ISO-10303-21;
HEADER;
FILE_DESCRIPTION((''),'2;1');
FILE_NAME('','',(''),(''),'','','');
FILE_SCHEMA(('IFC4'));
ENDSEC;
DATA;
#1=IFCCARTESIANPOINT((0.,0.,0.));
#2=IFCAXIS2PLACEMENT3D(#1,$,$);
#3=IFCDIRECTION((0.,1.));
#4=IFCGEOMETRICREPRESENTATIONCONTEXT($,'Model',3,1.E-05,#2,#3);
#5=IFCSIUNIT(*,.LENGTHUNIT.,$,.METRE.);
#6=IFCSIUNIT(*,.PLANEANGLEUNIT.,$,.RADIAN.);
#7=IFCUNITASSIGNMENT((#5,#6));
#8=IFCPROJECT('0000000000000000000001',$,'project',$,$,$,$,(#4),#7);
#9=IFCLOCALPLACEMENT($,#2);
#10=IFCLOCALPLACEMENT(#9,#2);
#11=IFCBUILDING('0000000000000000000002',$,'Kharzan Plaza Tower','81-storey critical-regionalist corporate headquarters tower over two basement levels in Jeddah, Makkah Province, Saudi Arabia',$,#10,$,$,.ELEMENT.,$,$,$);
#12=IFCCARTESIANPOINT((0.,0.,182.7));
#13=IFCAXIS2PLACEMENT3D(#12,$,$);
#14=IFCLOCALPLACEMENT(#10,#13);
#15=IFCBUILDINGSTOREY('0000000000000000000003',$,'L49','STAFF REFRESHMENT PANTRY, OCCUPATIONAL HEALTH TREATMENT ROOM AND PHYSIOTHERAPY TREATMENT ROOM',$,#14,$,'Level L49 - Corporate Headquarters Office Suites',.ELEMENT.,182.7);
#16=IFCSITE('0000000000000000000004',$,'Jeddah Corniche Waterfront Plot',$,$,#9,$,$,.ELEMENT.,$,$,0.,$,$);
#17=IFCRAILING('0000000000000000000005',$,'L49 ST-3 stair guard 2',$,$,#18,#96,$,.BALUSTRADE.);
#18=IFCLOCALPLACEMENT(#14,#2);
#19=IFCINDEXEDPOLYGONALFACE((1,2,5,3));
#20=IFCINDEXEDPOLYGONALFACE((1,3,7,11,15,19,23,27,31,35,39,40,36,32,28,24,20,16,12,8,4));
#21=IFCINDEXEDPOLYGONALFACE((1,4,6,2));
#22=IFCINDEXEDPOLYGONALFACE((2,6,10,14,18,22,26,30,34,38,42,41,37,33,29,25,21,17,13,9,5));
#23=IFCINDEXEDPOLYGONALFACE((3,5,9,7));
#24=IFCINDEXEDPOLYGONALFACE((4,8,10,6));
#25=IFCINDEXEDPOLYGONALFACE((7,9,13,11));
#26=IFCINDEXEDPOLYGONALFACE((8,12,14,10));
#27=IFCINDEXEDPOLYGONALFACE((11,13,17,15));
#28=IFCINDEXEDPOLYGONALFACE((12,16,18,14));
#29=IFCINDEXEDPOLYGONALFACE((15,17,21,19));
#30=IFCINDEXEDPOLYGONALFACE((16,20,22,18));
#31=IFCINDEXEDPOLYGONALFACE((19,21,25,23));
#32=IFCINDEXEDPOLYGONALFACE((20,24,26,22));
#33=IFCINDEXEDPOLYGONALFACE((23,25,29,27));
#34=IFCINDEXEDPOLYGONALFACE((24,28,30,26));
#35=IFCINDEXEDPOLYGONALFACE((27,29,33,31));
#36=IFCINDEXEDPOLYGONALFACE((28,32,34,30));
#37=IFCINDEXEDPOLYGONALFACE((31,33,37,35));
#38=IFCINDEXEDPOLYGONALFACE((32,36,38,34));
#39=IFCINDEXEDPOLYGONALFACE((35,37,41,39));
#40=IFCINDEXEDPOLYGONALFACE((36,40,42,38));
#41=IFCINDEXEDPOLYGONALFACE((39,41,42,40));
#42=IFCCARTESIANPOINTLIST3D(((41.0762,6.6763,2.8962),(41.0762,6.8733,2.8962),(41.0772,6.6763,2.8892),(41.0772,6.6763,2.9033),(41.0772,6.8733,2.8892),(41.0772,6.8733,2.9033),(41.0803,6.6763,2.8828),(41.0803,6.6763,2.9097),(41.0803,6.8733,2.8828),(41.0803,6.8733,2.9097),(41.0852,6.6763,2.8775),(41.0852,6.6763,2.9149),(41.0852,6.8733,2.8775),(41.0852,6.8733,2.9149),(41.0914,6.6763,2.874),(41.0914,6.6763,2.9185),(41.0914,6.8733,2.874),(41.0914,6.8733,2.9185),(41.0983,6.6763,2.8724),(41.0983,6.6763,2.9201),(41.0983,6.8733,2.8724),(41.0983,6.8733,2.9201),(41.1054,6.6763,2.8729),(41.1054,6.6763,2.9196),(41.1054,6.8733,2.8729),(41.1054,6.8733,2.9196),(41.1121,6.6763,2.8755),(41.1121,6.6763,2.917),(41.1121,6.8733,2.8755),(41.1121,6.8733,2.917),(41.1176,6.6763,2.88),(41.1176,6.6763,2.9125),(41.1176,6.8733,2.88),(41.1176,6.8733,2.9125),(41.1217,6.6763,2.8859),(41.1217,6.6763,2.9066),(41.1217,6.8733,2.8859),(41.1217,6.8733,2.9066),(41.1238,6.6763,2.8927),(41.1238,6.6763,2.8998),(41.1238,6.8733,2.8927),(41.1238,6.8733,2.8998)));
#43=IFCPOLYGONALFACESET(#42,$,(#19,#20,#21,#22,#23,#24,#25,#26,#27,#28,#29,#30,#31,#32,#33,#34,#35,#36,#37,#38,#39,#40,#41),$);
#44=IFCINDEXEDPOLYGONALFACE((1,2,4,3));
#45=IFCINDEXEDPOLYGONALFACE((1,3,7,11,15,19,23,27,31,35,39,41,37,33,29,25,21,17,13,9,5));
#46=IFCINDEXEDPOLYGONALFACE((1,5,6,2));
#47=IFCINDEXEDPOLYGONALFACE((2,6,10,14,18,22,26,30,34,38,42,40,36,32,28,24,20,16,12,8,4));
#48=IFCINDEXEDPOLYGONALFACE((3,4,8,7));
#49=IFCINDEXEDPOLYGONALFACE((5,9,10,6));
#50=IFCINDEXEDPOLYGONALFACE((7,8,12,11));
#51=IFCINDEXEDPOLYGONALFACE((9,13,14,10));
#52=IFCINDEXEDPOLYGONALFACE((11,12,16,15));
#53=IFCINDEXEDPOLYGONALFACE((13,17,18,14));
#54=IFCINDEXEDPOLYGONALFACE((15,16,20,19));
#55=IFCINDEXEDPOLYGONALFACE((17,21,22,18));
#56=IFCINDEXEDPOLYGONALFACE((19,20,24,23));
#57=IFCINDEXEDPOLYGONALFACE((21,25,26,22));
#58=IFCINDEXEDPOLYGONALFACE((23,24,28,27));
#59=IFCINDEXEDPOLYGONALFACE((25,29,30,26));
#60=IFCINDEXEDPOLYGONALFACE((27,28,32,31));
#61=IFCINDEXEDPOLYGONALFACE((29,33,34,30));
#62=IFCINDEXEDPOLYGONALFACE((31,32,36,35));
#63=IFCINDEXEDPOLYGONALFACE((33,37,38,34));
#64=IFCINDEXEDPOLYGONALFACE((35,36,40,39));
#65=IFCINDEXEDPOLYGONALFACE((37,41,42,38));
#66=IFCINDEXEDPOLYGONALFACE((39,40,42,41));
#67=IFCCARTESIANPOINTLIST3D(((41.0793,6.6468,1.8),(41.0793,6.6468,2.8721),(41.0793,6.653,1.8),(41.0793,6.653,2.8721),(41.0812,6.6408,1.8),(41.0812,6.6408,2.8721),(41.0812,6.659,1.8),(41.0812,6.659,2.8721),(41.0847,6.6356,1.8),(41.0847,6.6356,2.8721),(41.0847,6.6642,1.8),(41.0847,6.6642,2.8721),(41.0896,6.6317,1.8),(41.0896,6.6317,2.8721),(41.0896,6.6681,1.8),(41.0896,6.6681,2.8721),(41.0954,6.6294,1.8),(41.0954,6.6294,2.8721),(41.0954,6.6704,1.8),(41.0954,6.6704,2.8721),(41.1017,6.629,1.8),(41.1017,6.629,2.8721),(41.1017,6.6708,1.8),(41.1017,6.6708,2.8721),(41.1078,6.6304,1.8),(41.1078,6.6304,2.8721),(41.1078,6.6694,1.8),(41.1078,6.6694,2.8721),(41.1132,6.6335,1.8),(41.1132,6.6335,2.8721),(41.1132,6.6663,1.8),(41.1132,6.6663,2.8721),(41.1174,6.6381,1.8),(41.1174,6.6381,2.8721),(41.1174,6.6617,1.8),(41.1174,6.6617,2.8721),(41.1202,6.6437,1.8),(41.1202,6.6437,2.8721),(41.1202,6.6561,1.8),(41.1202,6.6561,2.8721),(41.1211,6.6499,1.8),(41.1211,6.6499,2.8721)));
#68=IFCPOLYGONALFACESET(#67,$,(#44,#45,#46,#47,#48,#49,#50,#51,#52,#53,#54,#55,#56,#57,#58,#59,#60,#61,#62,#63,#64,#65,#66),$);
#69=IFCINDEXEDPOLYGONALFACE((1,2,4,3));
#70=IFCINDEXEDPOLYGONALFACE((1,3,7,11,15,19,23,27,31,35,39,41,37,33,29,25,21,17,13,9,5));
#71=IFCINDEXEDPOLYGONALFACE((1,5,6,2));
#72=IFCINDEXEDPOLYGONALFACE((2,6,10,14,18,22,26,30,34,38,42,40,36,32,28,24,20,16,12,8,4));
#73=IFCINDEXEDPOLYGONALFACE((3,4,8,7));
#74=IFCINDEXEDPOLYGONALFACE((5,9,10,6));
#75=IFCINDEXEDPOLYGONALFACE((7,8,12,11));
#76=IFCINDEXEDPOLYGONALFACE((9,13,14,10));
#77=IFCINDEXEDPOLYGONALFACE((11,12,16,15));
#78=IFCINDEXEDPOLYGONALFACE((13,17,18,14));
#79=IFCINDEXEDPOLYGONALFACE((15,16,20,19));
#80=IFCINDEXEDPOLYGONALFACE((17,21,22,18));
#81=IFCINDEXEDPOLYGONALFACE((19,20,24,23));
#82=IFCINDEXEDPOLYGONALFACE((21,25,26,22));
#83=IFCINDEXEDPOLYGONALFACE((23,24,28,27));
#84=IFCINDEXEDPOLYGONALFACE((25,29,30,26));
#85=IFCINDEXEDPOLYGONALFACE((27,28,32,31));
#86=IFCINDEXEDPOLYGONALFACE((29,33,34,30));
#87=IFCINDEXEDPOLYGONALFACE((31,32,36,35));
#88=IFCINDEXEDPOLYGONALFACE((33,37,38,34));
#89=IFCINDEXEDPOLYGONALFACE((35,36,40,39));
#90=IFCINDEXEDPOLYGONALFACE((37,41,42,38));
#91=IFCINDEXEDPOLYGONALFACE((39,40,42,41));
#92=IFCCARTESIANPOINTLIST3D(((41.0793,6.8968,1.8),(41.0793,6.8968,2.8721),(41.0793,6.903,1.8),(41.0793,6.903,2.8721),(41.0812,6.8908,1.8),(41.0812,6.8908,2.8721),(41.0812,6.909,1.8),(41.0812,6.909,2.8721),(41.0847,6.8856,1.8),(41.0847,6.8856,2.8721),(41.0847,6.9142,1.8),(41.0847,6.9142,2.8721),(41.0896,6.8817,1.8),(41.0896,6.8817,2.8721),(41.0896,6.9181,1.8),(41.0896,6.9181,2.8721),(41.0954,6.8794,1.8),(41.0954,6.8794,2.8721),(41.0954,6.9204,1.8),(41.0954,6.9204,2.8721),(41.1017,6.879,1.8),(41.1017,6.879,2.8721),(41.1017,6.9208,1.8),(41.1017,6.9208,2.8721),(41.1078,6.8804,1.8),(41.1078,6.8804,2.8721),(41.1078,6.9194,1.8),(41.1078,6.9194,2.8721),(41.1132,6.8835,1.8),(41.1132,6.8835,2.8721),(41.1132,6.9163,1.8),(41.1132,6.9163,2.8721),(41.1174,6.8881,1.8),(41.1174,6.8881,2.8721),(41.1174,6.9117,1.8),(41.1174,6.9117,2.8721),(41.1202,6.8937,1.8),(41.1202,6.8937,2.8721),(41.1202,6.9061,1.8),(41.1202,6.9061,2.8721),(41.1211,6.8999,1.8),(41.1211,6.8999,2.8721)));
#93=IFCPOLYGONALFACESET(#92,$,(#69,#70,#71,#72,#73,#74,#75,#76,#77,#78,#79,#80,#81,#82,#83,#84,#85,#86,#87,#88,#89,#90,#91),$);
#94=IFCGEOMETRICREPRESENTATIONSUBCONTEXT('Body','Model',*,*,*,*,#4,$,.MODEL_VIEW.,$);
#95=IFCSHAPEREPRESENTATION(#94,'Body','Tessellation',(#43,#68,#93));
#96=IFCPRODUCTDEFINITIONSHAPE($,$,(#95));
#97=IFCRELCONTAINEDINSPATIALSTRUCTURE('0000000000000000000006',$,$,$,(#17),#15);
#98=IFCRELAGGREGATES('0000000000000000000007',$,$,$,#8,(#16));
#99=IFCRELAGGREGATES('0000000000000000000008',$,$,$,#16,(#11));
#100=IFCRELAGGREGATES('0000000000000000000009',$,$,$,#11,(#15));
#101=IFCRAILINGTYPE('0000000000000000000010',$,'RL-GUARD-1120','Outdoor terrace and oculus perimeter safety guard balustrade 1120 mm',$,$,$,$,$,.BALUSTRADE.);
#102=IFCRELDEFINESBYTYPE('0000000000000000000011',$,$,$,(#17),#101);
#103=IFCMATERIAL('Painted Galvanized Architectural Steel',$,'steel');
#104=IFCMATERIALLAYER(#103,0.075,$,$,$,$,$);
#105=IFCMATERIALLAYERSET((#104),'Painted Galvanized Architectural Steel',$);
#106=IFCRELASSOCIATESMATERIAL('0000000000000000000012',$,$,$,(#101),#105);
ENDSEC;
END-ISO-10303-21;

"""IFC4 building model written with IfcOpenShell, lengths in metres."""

from ifc_helpers import new_model, si_unit, direction, frame, origin, origin_2d, place, context, subcontext, project, spatial, circle, extrude, source, transform, mapped, material, layer, layer_set, type_object, element, save


model = new_model("IFC4")

# Units and contexts
model_context = context("Model", 3, precision=1e-05, world=origin(), true_north=direction((0.0, 1.0)))
body_context = subcontext(model_context, "Body", "Model", "MODEL_VIEW")
ifc_project = project(units=[si_unit("LENGTHUNIT", "METRE"), si_unit("PLANEANGLEUNIT", "RADIAN")], contexts=[model_context])

# Site, building, storey
site_placement = place(None, origin())
site = spatial("IfcSite", under=ifc_project, at=site_placement, Name="Jeddah Corniche Waterfront Plot", CompositionType="ELEMENT", RefElevation=0.0)
building_placement = place(site_placement, origin())
building = spatial("IfcBuilding", under=site, at=building_placement, Name="Kharzan Plaza Tower", Description="81-storey critical-regionalist corporate headquarters tower over two basement levels in Jeddah, Makkah Province, Saudi Arabia", CompositionType="ELEMENT")
storey_placement = place(building_placement, frame((0.0, 0.0, 182.7)))
storey = spatial("IfcBuildingStorey", under=building, at=storey_placement, Name="L49", Description="STAFF REFRESHMENT PANTRY, OCCUPATIONAL HEALTH TREATMENT ROOM AND PHYSIOTHERAPY TREATMENT ROOM", LongName="Level L49 - Corporate Headquarters Office Suites", CompositionType="ELEMENT", Elevation=182.7)

# Railing
ifc_material_1 = material(Name="Painted Galvanized Architectural Steel", Category="steel")
ifc_layer_1 = layer(ifc_material_1, 0.075)
ifc_layer_set_1 = layer_set([ifc_layer_1], Name="Painted Galvanized Architectural Steel")
railing_type = type_object("IfcRailingType", Name="RL-GUARD-1120", Description="Outdoor terrace and oculus perimeter safety guard balustrade 1120 mm", PredefinedType="BALUSTRADE", material=ifc_layer_set_1)
shared_shape_1 = source(origin(), body_context, "Body", "SweptSolid", [
    extrude(circle(Radius=0.0239, at=origin_2d()), frame((0.0, 0.0264, 1.0962), z_axis=(0.0, 1.0, 0.0), x_axis=(-1.0, 0.0, 0.0)), (0.0, 0.0, 1.0), 0.197),
    extrude(circle(Radius=0.021, at=origin_2d()), origin(), (0.0, 0.0, 1.0), 1.072),
    extrude(circle(Radius=0.021, at=origin_2d()), frame((0.0, 0.25, 0.0)), (0.0, 0.0, 1.0), 1.072),
])
railing_placement = place(storey_placement, frame((41.1001, 6.6499, 1.8)))
element("IfcRailing", 1, at=railing_placement, inside=storey, type_object=railing_type, Name="L49 ST-3 stair guard 2", PredefinedType="BALUSTRADE", context=body_context, shape_type="MappedRepresentation", body=[
    mapped(shared_shape_1, transform((0.0, 0.0, 0.0), x_axis=(1.0, 0.0, 0.0), y_axis=(0.0, 1.0, 0.0), z_axis=(0.0, 0.0, 1.0))),
])

save(model, "model.ifc")
